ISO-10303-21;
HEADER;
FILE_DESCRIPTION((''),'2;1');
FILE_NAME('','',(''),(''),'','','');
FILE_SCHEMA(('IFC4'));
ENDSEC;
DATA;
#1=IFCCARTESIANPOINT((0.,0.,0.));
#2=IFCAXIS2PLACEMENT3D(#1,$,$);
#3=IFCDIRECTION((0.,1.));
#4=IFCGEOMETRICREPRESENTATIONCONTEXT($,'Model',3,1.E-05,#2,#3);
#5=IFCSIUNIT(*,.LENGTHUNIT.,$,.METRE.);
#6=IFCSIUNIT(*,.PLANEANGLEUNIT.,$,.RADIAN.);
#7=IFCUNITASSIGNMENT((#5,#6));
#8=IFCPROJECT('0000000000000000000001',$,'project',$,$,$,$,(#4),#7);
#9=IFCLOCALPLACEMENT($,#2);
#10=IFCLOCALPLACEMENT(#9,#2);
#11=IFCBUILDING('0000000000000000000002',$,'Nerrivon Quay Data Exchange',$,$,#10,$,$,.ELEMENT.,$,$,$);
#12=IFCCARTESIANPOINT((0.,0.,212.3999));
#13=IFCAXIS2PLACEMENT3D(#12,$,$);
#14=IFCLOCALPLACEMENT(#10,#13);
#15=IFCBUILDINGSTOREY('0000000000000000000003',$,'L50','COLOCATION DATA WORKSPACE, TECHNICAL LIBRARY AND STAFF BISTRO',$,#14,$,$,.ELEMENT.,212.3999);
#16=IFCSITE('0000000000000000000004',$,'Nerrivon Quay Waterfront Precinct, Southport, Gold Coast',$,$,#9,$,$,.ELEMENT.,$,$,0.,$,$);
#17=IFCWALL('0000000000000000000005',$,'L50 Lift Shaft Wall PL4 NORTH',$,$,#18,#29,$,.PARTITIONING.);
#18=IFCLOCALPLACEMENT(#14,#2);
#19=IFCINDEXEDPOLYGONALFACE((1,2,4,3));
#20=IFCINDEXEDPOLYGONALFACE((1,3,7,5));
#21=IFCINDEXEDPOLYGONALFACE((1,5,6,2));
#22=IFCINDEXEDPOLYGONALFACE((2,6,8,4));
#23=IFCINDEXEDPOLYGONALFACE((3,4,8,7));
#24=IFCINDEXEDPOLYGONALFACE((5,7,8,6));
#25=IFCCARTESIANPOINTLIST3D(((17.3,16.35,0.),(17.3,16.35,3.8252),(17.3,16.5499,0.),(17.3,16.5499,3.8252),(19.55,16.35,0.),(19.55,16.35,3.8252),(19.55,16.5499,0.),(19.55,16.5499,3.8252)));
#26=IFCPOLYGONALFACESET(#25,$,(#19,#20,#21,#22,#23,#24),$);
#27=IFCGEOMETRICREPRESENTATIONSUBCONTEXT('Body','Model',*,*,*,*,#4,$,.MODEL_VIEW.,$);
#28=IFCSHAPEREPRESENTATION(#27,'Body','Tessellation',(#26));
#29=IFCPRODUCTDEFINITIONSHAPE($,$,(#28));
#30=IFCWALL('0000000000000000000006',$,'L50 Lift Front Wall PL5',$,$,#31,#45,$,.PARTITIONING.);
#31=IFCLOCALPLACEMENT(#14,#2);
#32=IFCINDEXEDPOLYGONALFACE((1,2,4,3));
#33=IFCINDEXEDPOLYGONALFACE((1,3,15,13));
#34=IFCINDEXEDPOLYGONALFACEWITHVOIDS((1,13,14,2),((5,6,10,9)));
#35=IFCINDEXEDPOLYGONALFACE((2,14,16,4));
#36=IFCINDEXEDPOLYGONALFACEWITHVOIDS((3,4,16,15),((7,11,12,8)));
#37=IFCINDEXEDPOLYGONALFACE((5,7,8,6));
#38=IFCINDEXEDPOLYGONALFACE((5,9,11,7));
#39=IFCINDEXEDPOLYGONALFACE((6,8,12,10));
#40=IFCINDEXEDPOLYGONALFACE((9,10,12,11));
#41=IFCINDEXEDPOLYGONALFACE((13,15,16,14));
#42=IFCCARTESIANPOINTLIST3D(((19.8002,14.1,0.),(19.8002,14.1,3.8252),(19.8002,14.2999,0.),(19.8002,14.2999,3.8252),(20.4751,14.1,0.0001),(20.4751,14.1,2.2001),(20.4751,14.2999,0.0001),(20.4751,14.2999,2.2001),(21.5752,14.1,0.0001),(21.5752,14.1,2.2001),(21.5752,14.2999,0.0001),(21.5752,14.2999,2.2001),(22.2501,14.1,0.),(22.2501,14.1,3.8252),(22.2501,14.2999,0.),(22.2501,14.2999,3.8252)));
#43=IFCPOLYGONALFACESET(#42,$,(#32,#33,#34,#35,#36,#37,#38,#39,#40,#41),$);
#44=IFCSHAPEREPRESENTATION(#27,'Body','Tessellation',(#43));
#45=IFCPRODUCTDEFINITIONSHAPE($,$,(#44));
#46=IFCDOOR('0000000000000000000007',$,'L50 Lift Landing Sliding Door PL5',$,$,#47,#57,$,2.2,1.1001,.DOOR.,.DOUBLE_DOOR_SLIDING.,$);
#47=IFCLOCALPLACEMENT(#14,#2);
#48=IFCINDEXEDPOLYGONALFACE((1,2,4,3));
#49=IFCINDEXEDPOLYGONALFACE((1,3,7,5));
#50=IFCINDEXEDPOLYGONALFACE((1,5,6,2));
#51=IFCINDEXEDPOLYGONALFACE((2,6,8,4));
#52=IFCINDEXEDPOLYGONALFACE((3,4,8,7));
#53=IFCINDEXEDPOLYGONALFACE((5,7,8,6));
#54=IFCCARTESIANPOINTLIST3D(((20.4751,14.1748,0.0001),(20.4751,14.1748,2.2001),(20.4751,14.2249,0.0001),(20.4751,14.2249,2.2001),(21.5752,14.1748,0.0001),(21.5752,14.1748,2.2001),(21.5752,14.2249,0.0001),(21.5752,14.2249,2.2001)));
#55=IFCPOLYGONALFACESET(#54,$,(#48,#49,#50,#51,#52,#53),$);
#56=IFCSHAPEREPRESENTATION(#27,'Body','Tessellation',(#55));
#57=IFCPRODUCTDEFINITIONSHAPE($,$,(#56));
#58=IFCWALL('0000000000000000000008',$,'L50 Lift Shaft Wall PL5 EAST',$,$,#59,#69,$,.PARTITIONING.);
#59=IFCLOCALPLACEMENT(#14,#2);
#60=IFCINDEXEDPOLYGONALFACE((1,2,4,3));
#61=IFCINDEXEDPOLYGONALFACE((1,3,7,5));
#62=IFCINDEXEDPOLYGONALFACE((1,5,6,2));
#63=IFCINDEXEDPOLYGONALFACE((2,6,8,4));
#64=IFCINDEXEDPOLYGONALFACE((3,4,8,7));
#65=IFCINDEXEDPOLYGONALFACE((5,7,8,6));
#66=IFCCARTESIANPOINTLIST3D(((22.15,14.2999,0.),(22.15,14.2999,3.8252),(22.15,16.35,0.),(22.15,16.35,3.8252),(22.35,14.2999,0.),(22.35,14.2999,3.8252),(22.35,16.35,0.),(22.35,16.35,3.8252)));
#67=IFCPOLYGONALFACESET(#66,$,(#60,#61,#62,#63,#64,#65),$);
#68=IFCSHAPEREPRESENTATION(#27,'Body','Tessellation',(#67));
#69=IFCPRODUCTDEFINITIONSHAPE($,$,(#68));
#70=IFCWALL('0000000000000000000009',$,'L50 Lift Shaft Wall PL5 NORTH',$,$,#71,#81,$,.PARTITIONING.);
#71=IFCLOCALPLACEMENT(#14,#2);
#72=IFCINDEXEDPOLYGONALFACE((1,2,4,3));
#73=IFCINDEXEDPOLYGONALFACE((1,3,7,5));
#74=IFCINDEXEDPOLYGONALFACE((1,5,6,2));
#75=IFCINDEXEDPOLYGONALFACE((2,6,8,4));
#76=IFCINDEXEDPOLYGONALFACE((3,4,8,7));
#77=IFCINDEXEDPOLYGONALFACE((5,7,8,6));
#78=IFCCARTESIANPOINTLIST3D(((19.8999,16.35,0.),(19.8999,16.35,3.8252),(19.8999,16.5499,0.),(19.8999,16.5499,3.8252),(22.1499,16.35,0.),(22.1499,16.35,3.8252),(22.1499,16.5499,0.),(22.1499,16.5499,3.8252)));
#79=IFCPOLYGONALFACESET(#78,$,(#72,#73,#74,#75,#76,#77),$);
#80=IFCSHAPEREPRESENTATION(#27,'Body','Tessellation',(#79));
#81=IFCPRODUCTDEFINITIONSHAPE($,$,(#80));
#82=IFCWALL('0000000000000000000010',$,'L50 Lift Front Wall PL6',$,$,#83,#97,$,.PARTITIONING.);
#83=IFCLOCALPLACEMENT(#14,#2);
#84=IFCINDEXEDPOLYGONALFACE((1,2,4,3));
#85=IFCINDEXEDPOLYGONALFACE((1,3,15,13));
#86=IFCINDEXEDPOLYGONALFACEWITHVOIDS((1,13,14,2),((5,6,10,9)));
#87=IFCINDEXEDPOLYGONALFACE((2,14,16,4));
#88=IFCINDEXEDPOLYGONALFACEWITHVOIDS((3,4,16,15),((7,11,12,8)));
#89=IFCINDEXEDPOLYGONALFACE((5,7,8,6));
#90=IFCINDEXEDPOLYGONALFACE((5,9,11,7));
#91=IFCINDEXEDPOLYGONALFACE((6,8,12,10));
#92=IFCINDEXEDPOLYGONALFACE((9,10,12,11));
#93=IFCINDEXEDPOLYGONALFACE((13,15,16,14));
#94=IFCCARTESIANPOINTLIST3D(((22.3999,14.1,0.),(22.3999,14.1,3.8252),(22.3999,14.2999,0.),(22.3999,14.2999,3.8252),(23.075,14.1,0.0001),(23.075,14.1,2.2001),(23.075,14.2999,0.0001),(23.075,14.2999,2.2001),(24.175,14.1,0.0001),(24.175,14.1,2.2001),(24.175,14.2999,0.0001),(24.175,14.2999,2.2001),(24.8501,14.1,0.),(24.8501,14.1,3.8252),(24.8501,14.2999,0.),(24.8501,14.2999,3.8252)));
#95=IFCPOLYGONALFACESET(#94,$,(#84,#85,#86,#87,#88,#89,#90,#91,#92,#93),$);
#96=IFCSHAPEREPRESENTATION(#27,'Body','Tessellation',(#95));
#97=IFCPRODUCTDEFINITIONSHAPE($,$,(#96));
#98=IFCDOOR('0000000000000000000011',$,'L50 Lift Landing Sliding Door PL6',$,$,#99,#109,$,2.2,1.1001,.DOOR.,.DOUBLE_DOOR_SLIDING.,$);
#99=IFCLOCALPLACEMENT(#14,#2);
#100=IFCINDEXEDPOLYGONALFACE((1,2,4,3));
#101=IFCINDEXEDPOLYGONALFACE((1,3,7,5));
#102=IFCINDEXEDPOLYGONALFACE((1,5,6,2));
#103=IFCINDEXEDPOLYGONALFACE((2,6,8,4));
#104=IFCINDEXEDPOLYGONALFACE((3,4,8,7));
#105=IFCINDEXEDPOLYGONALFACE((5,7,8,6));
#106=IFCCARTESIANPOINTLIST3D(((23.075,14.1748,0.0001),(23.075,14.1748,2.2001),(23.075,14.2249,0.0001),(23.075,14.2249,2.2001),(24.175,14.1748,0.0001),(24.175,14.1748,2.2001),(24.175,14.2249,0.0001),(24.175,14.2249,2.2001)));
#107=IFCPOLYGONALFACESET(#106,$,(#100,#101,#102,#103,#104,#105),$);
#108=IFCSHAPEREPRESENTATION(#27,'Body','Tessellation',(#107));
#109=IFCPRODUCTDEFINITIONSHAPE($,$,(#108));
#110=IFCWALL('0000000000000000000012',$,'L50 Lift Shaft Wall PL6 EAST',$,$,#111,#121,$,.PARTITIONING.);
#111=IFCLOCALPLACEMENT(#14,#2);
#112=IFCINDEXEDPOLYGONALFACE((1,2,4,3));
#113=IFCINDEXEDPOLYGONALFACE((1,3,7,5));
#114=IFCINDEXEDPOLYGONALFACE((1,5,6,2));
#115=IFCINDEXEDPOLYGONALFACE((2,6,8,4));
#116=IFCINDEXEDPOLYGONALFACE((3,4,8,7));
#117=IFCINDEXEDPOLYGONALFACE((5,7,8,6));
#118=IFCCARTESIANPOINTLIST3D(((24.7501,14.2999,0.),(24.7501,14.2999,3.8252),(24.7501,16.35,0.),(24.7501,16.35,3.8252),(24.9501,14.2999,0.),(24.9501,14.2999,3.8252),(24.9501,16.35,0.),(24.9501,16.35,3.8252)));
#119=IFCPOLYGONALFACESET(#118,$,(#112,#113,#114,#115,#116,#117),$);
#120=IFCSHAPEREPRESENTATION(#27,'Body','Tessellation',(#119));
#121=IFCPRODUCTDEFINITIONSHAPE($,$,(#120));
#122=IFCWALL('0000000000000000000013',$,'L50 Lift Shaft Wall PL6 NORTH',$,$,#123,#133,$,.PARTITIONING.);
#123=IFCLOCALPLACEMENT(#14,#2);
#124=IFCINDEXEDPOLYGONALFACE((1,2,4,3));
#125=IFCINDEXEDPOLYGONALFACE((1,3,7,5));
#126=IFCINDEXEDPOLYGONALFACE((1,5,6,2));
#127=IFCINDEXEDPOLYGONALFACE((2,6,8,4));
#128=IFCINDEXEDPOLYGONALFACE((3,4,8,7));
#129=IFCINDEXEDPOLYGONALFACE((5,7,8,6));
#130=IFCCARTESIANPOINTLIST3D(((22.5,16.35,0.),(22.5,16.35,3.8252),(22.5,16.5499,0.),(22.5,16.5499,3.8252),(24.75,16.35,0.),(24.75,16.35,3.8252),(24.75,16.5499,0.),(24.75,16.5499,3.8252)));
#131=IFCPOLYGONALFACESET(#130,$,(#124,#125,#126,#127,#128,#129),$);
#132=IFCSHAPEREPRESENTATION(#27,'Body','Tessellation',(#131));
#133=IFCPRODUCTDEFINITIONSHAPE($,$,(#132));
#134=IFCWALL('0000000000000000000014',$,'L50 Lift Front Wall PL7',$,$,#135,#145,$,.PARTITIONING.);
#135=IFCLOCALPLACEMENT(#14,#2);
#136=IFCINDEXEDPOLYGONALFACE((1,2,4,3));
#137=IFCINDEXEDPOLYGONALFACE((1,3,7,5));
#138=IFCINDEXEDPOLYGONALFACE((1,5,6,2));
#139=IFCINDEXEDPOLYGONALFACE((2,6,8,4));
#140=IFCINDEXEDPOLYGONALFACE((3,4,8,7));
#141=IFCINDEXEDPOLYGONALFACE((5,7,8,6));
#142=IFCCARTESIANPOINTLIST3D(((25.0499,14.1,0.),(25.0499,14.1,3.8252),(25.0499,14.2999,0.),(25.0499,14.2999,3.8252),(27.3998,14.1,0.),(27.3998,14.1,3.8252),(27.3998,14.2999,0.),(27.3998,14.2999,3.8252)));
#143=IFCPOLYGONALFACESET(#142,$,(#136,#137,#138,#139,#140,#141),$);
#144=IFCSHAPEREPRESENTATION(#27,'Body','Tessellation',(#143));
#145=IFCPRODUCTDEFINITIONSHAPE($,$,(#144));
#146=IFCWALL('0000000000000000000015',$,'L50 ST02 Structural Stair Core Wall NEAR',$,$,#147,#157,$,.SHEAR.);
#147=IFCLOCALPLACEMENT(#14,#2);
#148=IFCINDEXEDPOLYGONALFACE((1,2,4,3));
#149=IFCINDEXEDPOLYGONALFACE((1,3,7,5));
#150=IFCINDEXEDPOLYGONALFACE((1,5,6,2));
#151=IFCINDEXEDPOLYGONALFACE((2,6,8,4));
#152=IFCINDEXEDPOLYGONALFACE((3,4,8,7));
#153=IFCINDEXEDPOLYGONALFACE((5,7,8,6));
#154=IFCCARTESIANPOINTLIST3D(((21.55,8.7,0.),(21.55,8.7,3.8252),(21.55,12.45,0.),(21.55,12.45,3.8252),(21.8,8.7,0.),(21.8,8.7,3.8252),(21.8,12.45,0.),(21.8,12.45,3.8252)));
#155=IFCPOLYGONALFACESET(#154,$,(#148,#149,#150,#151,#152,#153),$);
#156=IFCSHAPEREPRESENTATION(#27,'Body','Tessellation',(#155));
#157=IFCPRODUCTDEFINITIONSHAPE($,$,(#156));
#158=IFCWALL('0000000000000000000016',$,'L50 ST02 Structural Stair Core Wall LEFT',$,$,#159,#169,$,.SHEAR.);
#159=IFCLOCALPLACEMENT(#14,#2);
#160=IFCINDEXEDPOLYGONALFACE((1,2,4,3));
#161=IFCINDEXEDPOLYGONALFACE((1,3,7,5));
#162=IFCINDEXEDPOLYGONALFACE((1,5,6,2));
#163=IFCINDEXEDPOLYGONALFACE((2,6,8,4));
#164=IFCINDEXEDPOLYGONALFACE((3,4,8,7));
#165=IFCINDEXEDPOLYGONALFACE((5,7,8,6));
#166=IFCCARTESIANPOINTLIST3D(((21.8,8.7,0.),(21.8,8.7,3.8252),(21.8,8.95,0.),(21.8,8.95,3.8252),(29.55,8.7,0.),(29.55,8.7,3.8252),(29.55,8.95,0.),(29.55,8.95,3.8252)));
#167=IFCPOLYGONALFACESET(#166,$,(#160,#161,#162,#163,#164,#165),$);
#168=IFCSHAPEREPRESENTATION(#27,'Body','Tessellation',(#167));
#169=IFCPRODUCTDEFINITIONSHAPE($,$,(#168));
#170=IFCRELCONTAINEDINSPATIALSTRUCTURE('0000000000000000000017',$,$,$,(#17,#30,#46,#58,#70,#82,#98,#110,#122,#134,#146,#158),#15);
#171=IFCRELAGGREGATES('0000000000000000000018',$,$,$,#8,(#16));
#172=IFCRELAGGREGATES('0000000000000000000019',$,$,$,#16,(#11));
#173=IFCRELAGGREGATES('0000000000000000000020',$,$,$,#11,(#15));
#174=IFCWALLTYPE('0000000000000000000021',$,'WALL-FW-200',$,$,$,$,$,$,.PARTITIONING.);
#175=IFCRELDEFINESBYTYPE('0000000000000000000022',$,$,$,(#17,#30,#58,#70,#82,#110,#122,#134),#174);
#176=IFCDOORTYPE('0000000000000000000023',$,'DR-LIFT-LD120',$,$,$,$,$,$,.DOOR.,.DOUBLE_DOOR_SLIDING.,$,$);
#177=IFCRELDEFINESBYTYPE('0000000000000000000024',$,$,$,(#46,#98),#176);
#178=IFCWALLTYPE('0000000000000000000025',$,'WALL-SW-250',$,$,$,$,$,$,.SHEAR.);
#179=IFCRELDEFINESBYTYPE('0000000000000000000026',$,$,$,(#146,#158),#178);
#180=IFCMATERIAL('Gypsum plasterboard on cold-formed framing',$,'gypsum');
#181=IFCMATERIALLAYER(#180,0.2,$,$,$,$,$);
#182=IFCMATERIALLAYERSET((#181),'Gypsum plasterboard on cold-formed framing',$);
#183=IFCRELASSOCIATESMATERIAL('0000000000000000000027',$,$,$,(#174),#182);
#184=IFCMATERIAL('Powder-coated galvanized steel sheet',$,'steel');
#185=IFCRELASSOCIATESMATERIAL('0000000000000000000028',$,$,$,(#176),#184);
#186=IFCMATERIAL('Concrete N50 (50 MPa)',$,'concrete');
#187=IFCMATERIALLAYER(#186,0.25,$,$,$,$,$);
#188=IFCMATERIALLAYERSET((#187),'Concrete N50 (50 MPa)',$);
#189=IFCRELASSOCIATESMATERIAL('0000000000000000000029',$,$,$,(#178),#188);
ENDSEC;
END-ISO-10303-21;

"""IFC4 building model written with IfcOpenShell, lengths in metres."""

from ifc_helpers import new_model, si_unit, direction, frame, frame_2d, origin, place, context, subcontext, project, spatial, rectangle, extrude, material, layer, layer_set, type_object, element, fill, save


model = new_model("IFC4")

# Units and contexts
model_context = context("Model", 3, precision=1e-05, world=origin(), true_north=direction((0.0, 1.0)))
body_context = subcontext(model_context, "Body", "Model", "MODEL_VIEW")
ifc_project = project(units=[si_unit("LENGTHUNIT", "METRE"), si_unit("PLANEANGLEUNIT", "RADIAN")], contexts=[model_context])

# Site, building, storey
site_placement = place(None, origin())
site = spatial("IfcSite", under=ifc_project, at=site_placement, Name="Nerrivon Quay Waterfront Precinct, Southport, Gold Coast", CompositionType="ELEMENT", RefElevation=0.0)
building_placement = place(site_placement, origin())
building = spatial("IfcBuilding", under=site, at=building_placement, Name="Nerrivon Quay Data Exchange", CompositionType="ELEMENT")
storey_placement = place(building_placement, frame((0.0, 0.0, 212.3999)))
storey = spatial("IfcBuildingStorey", under=building, at=storey_placement, Name="L50", Description="COLOCATION DATA WORKSPACE, TECHNICAL LIBRARY AND STAFF BISTRO", CompositionType="ELEMENT", Elevation=212.3999)

# Shared definitions
ifc_material_1 = material(Name="Concrete N50 (50 MPa)", Category="concrete")

# Shared definitions
ifc_material_2 = material(Name="Powder-coated galvanized steel sheet", Category="steel")

# Shared definitions
ifc_material_3 = material(Name="Gypsum plasterboard on cold-formed framing", Category="gypsum")
ifc_layer_1 = layer(ifc_material_3, 0.2)
ifc_layer_set_1 = layer_set([ifc_layer_1], Name="Gypsum plasterboard on cold-formed framing")
wall_type_1 = type_object("IfcWallType", Name="WALL-FW-200", PredefinedType="PARTITIONING", material=ifc_layer_set_1)

# Shared definitions
door_type_1 = type_object("IfcDoorType", Name="DR-LIFT-LD120", OperationType="DOUBLE_DOOR_SLIDING", PredefinedType="DOOR", material=ifc_material_2)

# Wall
wall_1_placement = place(storey_placement, frame((17.3, 16.45, 0.0), z_axis=(0.0, 0.0, 1.0), x_axis=(1.0, 0.0, 0.0)))
element("IfcWall", 1, at=wall_1_placement, inside=storey, type_object=wall_type_1, Name="L50 Lift Shaft Wall PL4 NORTH", PredefinedType="PARTITIONING", context=body_context, shape_type="SweptSolid", body=[
    extrude(rectangle(XDim=2.25, YDim=0.2, at=frame_2d((1.125, 0.0))), origin(), (0.0, 0.0, 1.0), 3.8252),
])

# Wall, opening, door
wall_2_placement = place(storey_placement, frame((19.8, 14.2, 0.0), z_axis=(0.0, 0.0, 1.0), x_axis=(1.0, 0.0, 0.0)))
wall_2 = element("IfcWall", 2, at=wall_2_placement, inside=storey, type_object=wall_type_1, Name="L50 Lift Front Wall PL5", PredefinedType="PARTITIONING", context=body_context, shape_type="SweptSolid", body=[
    extrude(rectangle(XDim=2.45, YDim=0.2, at=frame_2d((1.2251, 0.0))), origin(), (0.0, 0.0, 1.0), 3.8252),
])
opening_1_placement = place(wall_2_placement, frame((0.675, 0.0, 0.0)))
opening_1 = element("IfcOpeningElement", 3, at=opening_1_placement, cuts=wall_2, PredefinedType="OPENING", context=body_context, shape_type="SweptSolid", body=[
    extrude(rectangle(XDim=1.1001, YDim=2.2, at=frame_2d((0.55, 1.1001))), frame((0.0, 0.1099, 0.0), z_axis=(0.0, -1.0, 0.0), x_axis=(1.0, 0.0, 0.0)), (0.0, 0.0, 1.0), 0.22),
])
door_1_placement = place(opening_1_placement, origin())
door_1 = element("IfcDoor", 4, at=door_1_placement, inside=storey, type_object=door_type_1, Name="L50 Lift Landing Sliding Door PL5", OperationType="DOUBLE_DOOR_SLIDING", OverallHeight=2.2, OverallWidth=1.1001, PredefinedType="DOOR", context=body_context, shape_type="SweptSolid", body=[
    extrude(rectangle(XDim=1.1001, YDim=2.2, at=frame_2d((0.55, 1.1001))), frame((0.0, 0.0249, 0.0), z_axis=(0.0, -1.0, 0.0), x_axis=(1.0, 0.0, 0.0)), (0.0, 0.0, 1.0), 0.05),
])
fill(opening_1, door_1)

# Walls
wall_3_placement = place(storey_placement, frame((22.25, 14.3, 0.0), z_axis=(0.0, 0.0, 1.0), x_axis=(0.0, 1.0, 0.0)))
element("IfcWall", 5, at=wall_3_placement, inside=storey, type_object=wall_type_1, Name="L50 Lift Shaft Wall PL5 EAST", PredefinedType="PARTITIONING", context=body_context, shape_type="SweptSolid", body=[
    extrude(rectangle(XDim=2.05, YDim=0.2, at=frame_2d((1.0249, 0.0))), origin(), (0.0, 0.0, 1.0), 3.8252),
])
wall_4_placement = place(storey_placement, frame((19.8999, 16.45, 0.0), z_axis=(0.0, 0.0, 1.0), x_axis=(1.0, 0.0, 0.0)))
element("IfcWall", 6, at=wall_4_placement, inside=storey, type_object=wall_type_1, Name="L50 Lift Shaft Wall PL5 NORTH", PredefinedType="PARTITIONING", context=body_context, shape_type="SweptSolid", body=[
    extrude(rectangle(XDim=2.25, YDim=0.2, at=frame_2d((1.125, 0.0))), origin(), (0.0, 0.0, 1.0), 3.8252),
])

# Wall, opening, door
wall_5_placement = place(storey_placement, frame((22.3999, 14.2, 0.0), z_axis=(0.0, 0.0, 1.0), x_axis=(1.0, 0.0, 0.0)))
wall_5 = element("IfcWall", 7, at=wall_5_placement, inside=storey, type_object=wall_type_1, Name="L50 Lift Front Wall PL6", PredefinedType="PARTITIONING", context=body_context, shape_type="SweptSolid", body=[
    extrude(rectangle(XDim=2.4502, YDim=0.2, at=frame_2d((1.2251, 0.0))), origin(), (0.0, 0.0, 1.0), 3.8252),
])
opening_2_placement = place(wall_5_placement, frame((0.675, 0.0, 0.0)))
opening_2 = element("IfcOpeningElement", 8, at=opening_2_placement, cuts=wall_5, PredefinedType="OPENING", context=body_context, shape_type="SweptSolid", body=[
    extrude(rectangle(XDim=1.1001, YDim=2.2, at=frame_2d((0.55, 1.1001))), frame((0.0, 0.1099, 0.0), z_axis=(0.0, -1.0, 0.0), x_axis=(1.0, 0.0, 0.0)), (0.0, 0.0, 1.0), 0.22),
])
door_2_placement = place(opening_2_placement, origin())
door_2 = element("IfcDoor", 9, at=door_2_placement, inside=storey, type_object=door_type_1, Name="L50 Lift Landing Sliding Door PL6", OperationType="DOUBLE_DOOR_SLIDING", OverallHeight=2.2, OverallWidth=1.1001, PredefinedType="DOOR", context=body_context, shape_type="SweptSolid", body=[
    extrude(rectangle(XDim=1.1001, YDim=2.2, at=frame_2d((0.55, 1.1001))), frame((0.0, 0.0249, 0.0), z_axis=(0.0, -1.0, 0.0), x_axis=(1.0, 0.0, 0.0)), (0.0, 0.0, 1.0), 0.05),
])
fill(opening_2, door_2)

# Walls
wall_6_placement = place(storey_placement, frame((24.8501, 14.3, 0.0), z_axis=(0.0, 0.0, 1.0), x_axis=(0.0, 1.0, 0.0)))
element("IfcWall", 10, at=wall_6_placement, inside=storey, type_object=wall_type_1, Name="L50 Lift Shaft Wall PL6 EAST", PredefinedType="PARTITIONING", context=body_context, shape_type="SweptSolid", body=[
    extrude(rectangle(XDim=2.05, YDim=0.2, at=frame_2d((1.0249, 0.0))), origin(), (0.0, 0.0, 1.0), 3.8252),
])
wall_7_placement = place(storey_placement, frame((22.5, 16.45, 0.0), z_axis=(0.0, 0.0, 1.0), x_axis=(1.0, 0.0, 0.0)))
element("IfcWall", 11, at=wall_7_placement, inside=storey, type_object=wall_type_1, Name="L50 Lift Shaft Wall PL6 NORTH", PredefinedType="PARTITIONING", context=body_context, shape_type="SweptSolid", body=[
    extrude(rectangle(XDim=2.25, YDim=0.2, at=frame_2d((1.125, 0.0))), origin(), (0.0, 0.0, 1.0), 3.8252),
])
wall_8_placement = place(storey_placement, frame((25.05, 14.2, 0.0), z_axis=(0.0, 0.0, 1.0), x_axis=(1.0, 0.0, 0.0)))
element("IfcWall", 12, at=wall_8_placement, inside=storey, type_object=wall_type_1, Name="L50 Lift Front Wall PL7", PredefinedType="PARTITIONING", context=body_context, shape_type="SweptSolid", body=[
    extrude(rectangle(XDim=2.3499, YDim=0.2, at=frame_2d((1.1748, 0.0))), origin(), (0.0, 0.0, 1.0), 3.8252),
])
ifc_layer_2 = layer(ifc_material_1, 0.25)
ifc_layer_set_2 = layer_set([ifc_layer_2], Name="Concrete N50 (50 MPa)")
wall_type_2 = type_object("IfcWallType", Name="WALL-SW-250", PredefinedType="SHEAR", material=ifc_layer_set_2)
wall_9_placement = place(storey_placement, frame((21.675, 8.7, 0.0), z_axis=(0.0, 0.0, 1.0), x_axis=(0.0, 1.0, 0.0)))
element("IfcWall", 13, at=wall_9_placement, inside=storey, type_object=wall_type_2, Name="L50 ST02 Structural Stair Core Wall NEAR", PredefinedType="SHEAR", context=body_context, shape_type="SweptSolid", body=[
    extrude(rectangle(XDim=3.75, YDim=0.25, at=frame_2d((1.875, 0.0))), origin(), (0.0, 0.0, 1.0), 3.8252),
])
wall_10_placement = place(storey_placement, frame((21.8, 8.825, 0.0), z_axis=(0.0, 0.0, 1.0), x_axis=(1.0, 0.0, 0.0)))
element("IfcWall", 14, at=wall_10_placement, inside=storey, type_object=wall_type_2, Name="L50 ST02 Structural Stair Core Wall LEFT", PredefinedType="SHEAR", context=body_context, shape_type="SweptSolid", body=[
    extrude(rectangle(XDim=7.75, YDim=0.25, at=frame_2d((3.875, 0.0))), origin(), (0.0, 0.0, 1.0), 3.8252),
])

save(model, "model.ifc")
